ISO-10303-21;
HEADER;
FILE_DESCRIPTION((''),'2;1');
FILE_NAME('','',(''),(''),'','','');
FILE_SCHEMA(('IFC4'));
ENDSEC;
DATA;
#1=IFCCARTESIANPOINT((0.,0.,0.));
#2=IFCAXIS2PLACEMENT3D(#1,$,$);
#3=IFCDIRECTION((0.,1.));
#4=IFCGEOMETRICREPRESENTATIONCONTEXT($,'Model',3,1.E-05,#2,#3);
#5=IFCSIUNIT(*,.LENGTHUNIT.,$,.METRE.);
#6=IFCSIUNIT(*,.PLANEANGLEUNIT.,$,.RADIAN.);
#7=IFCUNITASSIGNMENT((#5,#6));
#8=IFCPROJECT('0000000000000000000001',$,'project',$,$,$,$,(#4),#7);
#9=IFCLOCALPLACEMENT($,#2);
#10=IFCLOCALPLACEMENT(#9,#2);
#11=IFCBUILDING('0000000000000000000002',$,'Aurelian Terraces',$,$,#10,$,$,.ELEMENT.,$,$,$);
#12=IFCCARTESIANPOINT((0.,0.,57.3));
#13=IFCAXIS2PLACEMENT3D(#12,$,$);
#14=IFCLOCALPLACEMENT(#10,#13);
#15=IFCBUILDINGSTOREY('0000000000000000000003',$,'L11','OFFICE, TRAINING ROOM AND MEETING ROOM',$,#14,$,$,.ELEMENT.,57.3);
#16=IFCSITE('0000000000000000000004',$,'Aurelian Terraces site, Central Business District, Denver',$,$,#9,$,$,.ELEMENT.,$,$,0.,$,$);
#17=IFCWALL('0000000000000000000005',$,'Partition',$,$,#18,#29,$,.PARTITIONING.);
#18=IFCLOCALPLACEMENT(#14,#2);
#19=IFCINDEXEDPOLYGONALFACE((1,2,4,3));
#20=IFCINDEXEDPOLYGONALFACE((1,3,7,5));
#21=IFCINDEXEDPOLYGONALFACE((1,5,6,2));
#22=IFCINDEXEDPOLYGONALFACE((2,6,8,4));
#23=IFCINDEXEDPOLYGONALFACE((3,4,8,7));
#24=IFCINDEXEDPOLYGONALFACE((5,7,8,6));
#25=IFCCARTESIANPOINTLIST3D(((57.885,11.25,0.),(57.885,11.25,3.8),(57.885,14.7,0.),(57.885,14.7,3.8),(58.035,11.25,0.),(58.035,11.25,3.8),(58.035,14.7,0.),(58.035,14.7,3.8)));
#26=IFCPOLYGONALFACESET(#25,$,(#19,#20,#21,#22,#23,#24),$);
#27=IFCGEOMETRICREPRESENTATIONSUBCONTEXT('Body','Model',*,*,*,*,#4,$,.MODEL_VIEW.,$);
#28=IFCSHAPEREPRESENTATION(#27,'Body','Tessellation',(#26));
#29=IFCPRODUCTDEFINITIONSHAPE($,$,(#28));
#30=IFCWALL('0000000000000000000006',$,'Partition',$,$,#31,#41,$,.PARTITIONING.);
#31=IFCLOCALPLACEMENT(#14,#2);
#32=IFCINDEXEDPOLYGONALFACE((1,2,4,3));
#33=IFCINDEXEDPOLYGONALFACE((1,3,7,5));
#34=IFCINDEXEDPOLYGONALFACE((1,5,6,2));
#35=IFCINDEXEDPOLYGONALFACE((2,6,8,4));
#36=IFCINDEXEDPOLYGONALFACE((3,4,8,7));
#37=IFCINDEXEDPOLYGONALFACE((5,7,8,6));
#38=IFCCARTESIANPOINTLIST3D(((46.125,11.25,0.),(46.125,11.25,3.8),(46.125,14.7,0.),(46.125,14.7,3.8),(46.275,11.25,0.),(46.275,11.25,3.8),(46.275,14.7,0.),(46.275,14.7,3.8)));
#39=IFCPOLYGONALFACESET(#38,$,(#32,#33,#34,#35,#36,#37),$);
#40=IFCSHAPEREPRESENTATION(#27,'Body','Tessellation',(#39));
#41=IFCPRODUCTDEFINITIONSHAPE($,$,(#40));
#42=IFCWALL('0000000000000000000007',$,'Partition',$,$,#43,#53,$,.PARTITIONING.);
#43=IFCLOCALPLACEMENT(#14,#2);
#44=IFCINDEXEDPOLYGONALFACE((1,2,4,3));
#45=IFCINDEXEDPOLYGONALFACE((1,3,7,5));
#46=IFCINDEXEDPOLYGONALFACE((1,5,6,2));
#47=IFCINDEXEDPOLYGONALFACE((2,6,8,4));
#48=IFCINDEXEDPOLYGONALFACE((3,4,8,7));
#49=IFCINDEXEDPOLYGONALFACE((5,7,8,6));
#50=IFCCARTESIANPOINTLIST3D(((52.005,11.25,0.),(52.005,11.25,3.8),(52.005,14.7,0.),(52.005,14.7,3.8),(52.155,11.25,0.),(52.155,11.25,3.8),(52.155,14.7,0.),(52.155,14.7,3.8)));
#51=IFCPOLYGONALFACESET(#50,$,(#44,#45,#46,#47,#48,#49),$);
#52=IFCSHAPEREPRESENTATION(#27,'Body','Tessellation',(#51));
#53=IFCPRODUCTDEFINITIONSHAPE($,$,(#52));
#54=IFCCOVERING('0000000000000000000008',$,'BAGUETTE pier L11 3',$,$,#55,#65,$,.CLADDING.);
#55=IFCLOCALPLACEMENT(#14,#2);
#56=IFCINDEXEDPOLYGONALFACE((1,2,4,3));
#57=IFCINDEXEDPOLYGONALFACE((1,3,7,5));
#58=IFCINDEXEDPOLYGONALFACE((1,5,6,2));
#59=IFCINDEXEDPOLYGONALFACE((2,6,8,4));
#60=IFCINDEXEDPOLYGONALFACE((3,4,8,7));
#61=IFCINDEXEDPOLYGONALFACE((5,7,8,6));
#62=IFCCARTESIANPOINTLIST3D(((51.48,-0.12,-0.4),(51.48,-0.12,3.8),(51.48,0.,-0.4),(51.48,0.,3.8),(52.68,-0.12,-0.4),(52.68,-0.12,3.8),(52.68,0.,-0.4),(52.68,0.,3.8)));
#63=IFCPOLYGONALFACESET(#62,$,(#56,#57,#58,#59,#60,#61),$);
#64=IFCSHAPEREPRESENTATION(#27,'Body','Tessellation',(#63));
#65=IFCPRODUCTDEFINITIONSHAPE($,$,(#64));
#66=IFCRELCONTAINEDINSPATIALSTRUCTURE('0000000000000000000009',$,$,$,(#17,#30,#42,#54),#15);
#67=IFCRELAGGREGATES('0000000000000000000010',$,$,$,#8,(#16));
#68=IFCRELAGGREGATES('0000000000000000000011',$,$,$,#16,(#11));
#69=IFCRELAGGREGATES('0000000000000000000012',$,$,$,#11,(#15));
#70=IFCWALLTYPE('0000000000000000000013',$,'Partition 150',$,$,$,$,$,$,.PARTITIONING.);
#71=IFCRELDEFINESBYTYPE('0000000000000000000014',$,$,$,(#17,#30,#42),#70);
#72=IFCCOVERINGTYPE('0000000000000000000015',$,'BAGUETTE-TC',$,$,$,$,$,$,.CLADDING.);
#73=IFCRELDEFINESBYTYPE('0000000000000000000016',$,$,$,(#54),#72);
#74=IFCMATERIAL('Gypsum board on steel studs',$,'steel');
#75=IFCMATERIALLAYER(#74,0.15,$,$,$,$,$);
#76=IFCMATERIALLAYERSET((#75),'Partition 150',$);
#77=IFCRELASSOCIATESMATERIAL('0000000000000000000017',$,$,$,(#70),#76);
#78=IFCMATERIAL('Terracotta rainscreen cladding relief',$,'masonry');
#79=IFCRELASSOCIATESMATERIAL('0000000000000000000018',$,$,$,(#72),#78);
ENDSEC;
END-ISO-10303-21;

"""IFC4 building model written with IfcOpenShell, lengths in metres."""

from ifc_helpers import new_model, si_unit, direction, frame, frame_2d, origin, origin_2d, place, context, subcontext, project, spatial, rectangle, extrude, source, transform, mapped, material, layer, layer_set, type_object, element, save


model = new_model("IFC4")

# Units and contexts
model_context = context("Model", 3, precision=1e-05, world=origin(), true_north=direction((0.0, 1.0)))
body_context = subcontext(model_context, "Body", "Model", "MODEL_VIEW")
ifc_project = project(units=[si_unit("LENGTHUNIT", "METRE"), si_unit("PLANEANGLEUNIT", "RADIAN")], contexts=[model_context])

# Site, building, storey
site_placement = place(None, origin())
site = spatial("IfcSite", under=ifc_project, at=site_placement, Name="Aurelian Terraces site, Central Business District, Denver", CompositionType="ELEMENT", RefElevation=0.0)
building_placement = place(site_placement, origin())
building = spatial("IfcBuilding", under=site, at=building_placement, Name="Aurelian Terraces", CompositionType="ELEMENT")
storey_placement = place(building_placement, frame((0.0, 0.0, 57.3)))
storey = spatial("IfcBuildingStorey", under=building, at=storey_placement, Name="L11", Description="OFFICE, TRAINING ROOM AND MEETING ROOM", CompositionType="ELEMENT", Elevation=57.3)

# Shared definitions
ifc_material_1 = material(Name="Gypsum board on steel studs", Category="steel")
ifc_layer_1 = layer(ifc_material_1, 0.15)
ifc_layer_set_1 = layer_set([ifc_layer_1], Name="Partition 150")
wall_type_1 = type_object("IfcWallType", Name="Partition 150", PredefinedType="PARTITIONING", material=ifc_layer_set_1)

# Walls
shared_shape_1 = source(origin(), body_context, "Body", "SweptSolid", [
    extrude(rectangle(XDim=3.45, YDim=0.15, at=frame_2d((1.725, 0.0))), origin(), (0.0, 0.0, 1.0), 3.8),
])
for number, where, z_axis, x_axis, name in (
    (1, (57.96, 11.25, 0.0), (0.0, 0.0, 1.0), (0.0, 1.0, 0.0), "Partition"),
    (2, (46.2, 11.25, 0.0), (0.0, 0.0, 1.0), (0.0, 1.0, 0.0), "Partition"),
    (3, (52.08, 11.25, 0.0), (0.0, 0.0, 1.0), (0.0, 1.0, 0.0), "Partition"),
):
    element("IfcWall", number, at=place(storey_placement, frame(where, z_axis=z_axis, x_axis=x_axis)), inside=storey, type_object=wall_type_1, Name=name, PredefinedType="PARTITIONING", context=body_context, shape_type="MappedRepresentation", body=[
        mapped(shared_shape_1, transform((0.0, 0.0, 0.0), scale=1.0)),
    ])

# Covering
ifc_material_2 = material(Name="Terracotta rainscreen cladding relief", Category="masonry")
covering_type = type_object("IfcCoveringType", Name="BAGUETTE-TC", PredefinedType="CLADDING", material=ifc_material_2)
shared_shape_2 = source(origin(), body_context, "Body", "SweptSolid", [
    extrude(rectangle(XDim=1.2, YDim=0.12, at=origin_2d()), origin(), (0.0, 0.0, 1.0), 4.2),
])
covering_placement = place(storey_placement, frame((52.08, -0.06, -0.4), z_axis=(0.0, 0.0, 1.0), x_axis=(1.0, 0.0, 0.0)))
element("IfcCovering", 4, at=covering_placement, inside=storey, type_object=covering_type, Name="BAGUETTE pier L11 3", PredefinedType="CLADDING", context=body_context, shape_type="MappedRepresentation", body=[
    mapped(shared_shape_2, transform((0.0, 0.0, 0.0), scale=1.0)),
])

save(model, "model.ifc")
